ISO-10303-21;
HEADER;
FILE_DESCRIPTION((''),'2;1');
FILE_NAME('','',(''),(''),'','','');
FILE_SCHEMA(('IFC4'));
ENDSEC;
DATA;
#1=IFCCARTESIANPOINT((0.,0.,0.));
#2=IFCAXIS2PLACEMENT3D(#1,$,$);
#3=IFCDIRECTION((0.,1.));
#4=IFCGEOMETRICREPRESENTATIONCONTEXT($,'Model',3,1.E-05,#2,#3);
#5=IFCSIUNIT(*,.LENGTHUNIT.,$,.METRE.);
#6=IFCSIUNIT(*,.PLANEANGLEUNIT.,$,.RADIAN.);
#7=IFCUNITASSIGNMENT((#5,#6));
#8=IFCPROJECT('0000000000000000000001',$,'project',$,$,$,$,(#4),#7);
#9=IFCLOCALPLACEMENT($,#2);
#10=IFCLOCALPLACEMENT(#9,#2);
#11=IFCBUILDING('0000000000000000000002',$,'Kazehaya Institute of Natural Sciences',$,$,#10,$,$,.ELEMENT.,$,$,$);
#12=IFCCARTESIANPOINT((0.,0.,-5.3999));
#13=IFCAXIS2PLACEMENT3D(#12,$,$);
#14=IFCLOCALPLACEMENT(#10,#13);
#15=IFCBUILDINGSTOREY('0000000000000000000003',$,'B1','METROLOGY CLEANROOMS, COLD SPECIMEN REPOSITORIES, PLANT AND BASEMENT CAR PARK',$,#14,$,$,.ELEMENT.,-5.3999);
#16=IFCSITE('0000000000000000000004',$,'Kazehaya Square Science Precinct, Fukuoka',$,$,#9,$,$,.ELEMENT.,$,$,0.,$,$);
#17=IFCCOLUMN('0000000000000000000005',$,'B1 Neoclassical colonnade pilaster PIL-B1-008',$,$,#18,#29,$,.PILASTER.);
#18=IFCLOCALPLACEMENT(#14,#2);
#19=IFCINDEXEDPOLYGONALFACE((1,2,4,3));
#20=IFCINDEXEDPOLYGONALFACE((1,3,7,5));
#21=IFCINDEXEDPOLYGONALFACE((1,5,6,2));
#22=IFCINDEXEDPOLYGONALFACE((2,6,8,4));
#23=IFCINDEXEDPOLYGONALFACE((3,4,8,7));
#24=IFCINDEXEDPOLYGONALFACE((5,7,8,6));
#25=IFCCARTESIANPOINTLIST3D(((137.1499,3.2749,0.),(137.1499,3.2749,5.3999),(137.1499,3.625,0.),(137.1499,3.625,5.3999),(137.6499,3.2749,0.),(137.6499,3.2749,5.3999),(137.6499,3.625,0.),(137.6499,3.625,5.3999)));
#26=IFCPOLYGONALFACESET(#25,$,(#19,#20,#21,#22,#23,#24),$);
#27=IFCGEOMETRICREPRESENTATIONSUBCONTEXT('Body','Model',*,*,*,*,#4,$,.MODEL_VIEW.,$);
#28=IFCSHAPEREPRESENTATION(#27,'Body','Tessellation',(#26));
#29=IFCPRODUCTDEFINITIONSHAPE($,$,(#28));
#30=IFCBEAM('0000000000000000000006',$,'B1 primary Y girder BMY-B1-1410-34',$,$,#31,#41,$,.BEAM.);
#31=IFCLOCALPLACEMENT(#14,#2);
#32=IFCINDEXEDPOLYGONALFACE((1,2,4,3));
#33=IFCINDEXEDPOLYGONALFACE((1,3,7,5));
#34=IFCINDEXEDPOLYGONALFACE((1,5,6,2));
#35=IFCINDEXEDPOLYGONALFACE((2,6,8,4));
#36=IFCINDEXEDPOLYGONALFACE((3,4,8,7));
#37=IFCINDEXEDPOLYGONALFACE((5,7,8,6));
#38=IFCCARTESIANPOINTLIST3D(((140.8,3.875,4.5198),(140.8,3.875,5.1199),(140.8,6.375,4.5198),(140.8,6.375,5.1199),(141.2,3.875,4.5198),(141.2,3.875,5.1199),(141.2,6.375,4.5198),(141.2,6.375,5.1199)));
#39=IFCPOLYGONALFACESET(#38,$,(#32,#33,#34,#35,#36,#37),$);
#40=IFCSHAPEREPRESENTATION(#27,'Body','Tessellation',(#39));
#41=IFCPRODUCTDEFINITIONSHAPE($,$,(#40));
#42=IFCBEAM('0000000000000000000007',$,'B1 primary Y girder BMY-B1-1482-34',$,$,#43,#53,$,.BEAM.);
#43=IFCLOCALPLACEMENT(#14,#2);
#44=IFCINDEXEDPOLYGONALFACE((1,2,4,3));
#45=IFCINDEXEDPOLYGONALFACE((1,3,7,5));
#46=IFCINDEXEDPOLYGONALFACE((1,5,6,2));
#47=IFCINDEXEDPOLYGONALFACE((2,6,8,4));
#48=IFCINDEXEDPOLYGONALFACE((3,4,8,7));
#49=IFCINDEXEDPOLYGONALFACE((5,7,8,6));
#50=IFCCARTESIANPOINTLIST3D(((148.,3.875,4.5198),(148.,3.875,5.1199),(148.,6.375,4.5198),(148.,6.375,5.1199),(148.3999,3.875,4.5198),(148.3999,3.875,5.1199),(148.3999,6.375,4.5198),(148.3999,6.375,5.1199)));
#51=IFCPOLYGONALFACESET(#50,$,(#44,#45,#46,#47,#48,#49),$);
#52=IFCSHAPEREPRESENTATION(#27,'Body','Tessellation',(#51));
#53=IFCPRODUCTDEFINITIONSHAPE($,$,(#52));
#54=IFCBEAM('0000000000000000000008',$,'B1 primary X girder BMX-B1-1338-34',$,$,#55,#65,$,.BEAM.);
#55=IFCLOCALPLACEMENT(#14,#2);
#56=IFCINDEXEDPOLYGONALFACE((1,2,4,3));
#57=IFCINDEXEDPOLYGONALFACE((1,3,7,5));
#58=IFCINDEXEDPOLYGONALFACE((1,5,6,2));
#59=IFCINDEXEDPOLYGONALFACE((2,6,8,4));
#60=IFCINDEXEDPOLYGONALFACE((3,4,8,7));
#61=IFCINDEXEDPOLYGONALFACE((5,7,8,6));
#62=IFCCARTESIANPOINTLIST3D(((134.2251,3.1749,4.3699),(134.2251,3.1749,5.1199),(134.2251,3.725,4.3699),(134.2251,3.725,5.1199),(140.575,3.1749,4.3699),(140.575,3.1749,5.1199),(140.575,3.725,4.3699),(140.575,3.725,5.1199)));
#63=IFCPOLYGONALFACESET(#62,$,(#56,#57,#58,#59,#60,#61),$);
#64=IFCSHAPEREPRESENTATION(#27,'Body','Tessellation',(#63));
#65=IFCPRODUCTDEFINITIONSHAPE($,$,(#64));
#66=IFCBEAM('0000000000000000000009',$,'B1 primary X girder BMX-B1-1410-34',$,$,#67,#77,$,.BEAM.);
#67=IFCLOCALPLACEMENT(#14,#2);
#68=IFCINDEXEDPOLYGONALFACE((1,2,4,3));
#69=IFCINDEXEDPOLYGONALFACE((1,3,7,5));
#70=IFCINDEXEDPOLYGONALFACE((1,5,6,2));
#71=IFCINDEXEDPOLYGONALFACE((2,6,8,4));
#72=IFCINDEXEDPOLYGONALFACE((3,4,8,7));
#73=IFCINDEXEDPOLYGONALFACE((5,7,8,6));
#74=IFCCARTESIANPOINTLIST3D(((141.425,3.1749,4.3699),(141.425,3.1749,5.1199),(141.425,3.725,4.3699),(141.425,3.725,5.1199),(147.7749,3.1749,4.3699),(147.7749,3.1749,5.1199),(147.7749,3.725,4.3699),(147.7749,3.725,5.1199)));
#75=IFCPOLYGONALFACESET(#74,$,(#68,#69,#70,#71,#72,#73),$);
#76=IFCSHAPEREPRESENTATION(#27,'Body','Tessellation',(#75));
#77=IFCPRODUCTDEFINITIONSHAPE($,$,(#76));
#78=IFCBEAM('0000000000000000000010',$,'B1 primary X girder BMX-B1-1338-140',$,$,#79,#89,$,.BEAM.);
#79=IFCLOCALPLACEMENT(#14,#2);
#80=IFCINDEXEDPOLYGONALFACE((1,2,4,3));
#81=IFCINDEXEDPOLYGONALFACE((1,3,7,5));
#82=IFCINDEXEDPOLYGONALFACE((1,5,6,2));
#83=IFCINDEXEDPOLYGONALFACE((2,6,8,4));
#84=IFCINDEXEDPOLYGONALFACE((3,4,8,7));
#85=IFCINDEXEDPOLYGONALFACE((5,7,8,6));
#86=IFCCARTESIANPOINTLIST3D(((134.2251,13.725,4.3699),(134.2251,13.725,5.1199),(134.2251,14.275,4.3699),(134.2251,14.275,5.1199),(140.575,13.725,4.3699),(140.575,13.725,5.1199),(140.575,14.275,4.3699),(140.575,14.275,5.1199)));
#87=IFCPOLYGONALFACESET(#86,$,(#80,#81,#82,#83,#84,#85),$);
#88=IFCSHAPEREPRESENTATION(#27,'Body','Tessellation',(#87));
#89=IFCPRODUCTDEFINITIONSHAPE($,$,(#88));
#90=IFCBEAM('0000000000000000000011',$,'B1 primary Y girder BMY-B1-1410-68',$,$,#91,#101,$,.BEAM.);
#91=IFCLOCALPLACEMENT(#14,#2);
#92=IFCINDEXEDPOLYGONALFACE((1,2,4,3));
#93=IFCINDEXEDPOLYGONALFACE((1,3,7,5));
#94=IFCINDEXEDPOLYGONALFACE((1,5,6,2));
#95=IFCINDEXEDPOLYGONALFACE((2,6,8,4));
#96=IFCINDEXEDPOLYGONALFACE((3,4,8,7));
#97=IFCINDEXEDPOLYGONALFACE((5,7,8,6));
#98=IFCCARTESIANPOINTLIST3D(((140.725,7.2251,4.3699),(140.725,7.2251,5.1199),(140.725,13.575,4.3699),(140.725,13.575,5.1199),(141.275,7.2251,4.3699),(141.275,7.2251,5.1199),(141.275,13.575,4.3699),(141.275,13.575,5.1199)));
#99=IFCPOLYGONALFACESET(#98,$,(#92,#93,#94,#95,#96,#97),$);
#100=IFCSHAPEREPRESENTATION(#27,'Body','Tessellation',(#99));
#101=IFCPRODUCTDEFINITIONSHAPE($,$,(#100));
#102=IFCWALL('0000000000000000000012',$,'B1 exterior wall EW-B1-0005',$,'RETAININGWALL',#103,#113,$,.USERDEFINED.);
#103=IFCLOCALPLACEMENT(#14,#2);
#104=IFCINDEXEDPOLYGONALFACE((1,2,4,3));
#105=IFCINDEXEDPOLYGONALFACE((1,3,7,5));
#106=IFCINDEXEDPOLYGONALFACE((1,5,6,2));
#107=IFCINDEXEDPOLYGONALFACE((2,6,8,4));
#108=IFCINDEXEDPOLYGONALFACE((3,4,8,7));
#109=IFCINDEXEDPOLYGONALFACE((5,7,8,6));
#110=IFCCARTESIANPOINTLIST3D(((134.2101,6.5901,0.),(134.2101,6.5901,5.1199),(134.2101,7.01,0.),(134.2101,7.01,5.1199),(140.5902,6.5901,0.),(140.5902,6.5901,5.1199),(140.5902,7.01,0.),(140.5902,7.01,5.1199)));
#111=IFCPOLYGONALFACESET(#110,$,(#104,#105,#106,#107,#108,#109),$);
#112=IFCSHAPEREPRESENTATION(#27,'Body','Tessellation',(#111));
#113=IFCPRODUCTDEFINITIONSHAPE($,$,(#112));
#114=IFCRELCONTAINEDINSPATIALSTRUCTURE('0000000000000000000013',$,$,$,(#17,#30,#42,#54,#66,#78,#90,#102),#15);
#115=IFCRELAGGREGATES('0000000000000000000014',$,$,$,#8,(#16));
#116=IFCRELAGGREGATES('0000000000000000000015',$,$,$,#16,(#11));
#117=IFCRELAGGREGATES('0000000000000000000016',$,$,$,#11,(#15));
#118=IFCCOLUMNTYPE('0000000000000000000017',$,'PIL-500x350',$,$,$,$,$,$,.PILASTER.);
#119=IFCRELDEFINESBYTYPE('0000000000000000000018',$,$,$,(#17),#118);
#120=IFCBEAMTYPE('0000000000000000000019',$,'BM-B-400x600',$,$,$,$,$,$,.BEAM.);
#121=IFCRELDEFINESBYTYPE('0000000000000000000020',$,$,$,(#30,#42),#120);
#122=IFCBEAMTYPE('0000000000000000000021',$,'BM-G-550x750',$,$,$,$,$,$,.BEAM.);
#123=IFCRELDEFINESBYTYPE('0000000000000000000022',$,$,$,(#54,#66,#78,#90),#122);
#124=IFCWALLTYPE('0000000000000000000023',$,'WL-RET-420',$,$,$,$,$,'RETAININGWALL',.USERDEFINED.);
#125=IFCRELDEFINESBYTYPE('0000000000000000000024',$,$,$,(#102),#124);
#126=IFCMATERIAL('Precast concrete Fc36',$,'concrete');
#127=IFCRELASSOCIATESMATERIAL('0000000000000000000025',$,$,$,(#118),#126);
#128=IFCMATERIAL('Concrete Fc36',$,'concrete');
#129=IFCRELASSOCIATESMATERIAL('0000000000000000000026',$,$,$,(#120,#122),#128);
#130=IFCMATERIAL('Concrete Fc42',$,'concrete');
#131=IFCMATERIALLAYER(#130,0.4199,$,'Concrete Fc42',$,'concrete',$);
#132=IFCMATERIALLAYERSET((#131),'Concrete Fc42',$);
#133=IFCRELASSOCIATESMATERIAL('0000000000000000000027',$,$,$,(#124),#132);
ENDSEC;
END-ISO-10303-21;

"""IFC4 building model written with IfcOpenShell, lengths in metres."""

from ifc_helpers import new_model, si_unit, direction, frame, frame_2d, origin, origin_2d, place, context, subcontext, project, spatial, rectangle, extrude, material, layer, layer_set, material_profile, profile_set, type_object, element, save


model = new_model("IFC4")

# Units and contexts
model_context = context("Model", 3, precision=1e-05, world=origin(), true_north=direction((0.0, 1.0)))
body_context = subcontext(model_context, "Body", "Model", "MODEL_VIEW")
ifc_project = project(units=[si_unit("LENGTHUNIT", "METRE"), si_unit("PLANEANGLEUNIT", "RADIAN")], contexts=[model_context])

# Site, building, storey
site_placement = place(None, origin())
site = spatial("IfcSite", under=ifc_project, at=site_placement, Name="Kazehaya Square Science Precinct, Fukuoka", CompositionType="ELEMENT", RefElevation=0.0)
building_placement = place(site_placement, origin())
building = spatial("IfcBuilding", under=site, at=building_placement, Name="Kazehaya Institute of Natural Sciences", CompositionType="ELEMENT")
storey_placement = place(building_placement, frame((0.0, 0.0, -5.3999)))
storey = spatial("IfcBuildingStorey", under=building, at=storey_placement, Name="B1", Description="METROLOGY CLEANROOMS, COLD SPECIMEN REPOSITORIES, PLANT AND BASEMENT CAR PARK", CompositionType="ELEMENT", Elevation=-5.3999)

# Shared definitions
ifc_material_1 = material(Name="Concrete Fc36", Category="concrete")

# Column
ifc_material_2 = material(Name="Concrete Fc42", Category="concrete")
ifc_material_3 = material(Name="Precast concrete Fc36", Category="concrete")
ifc_material_profile_1 = material_profile(ifc_material_3, rectangle(XDim=0.5, YDim=0.3501, at=origin_2d()), Name="RC-PIL-500x350")
ifc_profile_set_1 = profile_set([ifc_material_profile_1], Name="Precast concrete Fc36")
column_type_1 = type_object("IfcColumnType", Name="PIL-500x350", PredefinedType="PILASTER", material=ifc_profile_set_1)
column_placement = place(storey_placement, frame((137.3999, 3.45, 0.0), z_axis=(0.0, 0.0, 1.0), x_axis=(1.0, 0.0, 0.0)))
element("IfcColumn", 1, at=column_placement, inside=storey, type_object=column_type_1, Name="B1 Neoclassical colonnade pilaster PIL-B1-008", PredefinedType="PILASTER", context=body_context, shape_type="SweptSolid", body=[
    extrude(rectangle(XDim=0.5, YDim=0.3501, at=origin_2d()), origin(), (0.0, 0.0, 1.0), 5.3999),
])

# Beams
ifc_material_profile_2 = material_profile(ifc_material_1, rectangle(XDim=0.3999, YDim=0.6001, at=origin_2d()), Name="RC-400x600")
ifc_profile_set_2 = profile_set([ifc_material_profile_2], Name="Concrete Fc36")
beam_type_1 = type_object("IfcBeamType", Name="BM-B-400x600", PredefinedType="BEAM", material=ifc_profile_set_2)
for number, where, z_axis, x_axis, name in (
    (2, (141.0, 3.875, 4.8198), (0.0, 1.0, 0.0), (-1.0, 0.0, 0.0), "B1 primary Y girder BMY-B1-1410-34"),
    (3, (148.2, 3.875, 4.8198), (0.0, 1.0, 0.0), (-1.0, 0.0, 0.0), "B1 primary Y girder BMY-B1-1482-34"),
):
    element("IfcBeam", number, at=place(storey_placement, frame(where, z_axis=z_axis, x_axis=x_axis)), inside=storey, type_object=beam_type_1, Name=name, PredefinedType="BEAM", context=body_context, shape_type="SweptSolid", body=[
        extrude(rectangle(XDim=0.3999, YDim=0.6001, at=origin_2d()), origin(), (0.0, 0.0, 1.0), 2.5),
    ])
ifc_material_profile_3 = material_profile(ifc_material_1, rectangle(XDim=0.55, YDim=0.75, at=origin_2d()), Name="RC-550x750")
ifc_profile_set_3 = profile_set([ifc_material_profile_3], Name="Concrete Fc36")
beam_type_2 = type_object("IfcBeamType", Name="BM-G-550x750", PredefinedType="BEAM", material=ifc_profile_set_3)
for number, where, z_axis, x_axis, name in (
    (4, (134.2251, 3.45, 4.7449), (1.0, 0.0, 0.0), (0.0, 1.0, 0.0), "B1 primary X girder BMX-B1-1338-34"),
    (5, (141.425, 3.45, 4.7449), (1.0, 0.0, 0.0), (0.0, 1.0, 0.0), "B1 primary X girder BMX-B1-1410-34"),
    (6, (134.2251, 14.0, 4.7449), (1.0, 0.0, 0.0), (0.0, 1.0, 0.0), "B1 primary X girder BMX-B1-1338-140"),
    (7, (141.0, 7.2251, 4.7449), (0.0, 1.0, 0.0), (-1.0, 0.0, 0.0), "B1 primary Y girder BMY-B1-1410-68"),
):
    element("IfcBeam", number, at=place(storey_placement, frame(where, z_axis=z_axis, x_axis=x_axis)), inside=storey, type_object=beam_type_2, Name=name, PredefinedType="BEAM", context=body_context, shape_type="SweptSolid", body=[
        extrude(rectangle(XDim=0.55, YDim=0.75, at=origin_2d()), origin(), (0.0, 0.0, 1.0), 6.3499),
    ])

# Wall
ifc_layer = layer(ifc_material_2, 0.4199, Name="Concrete Fc42", Category="concrete")
ifc_layer_set = layer_set([ifc_layer], Name="Concrete Fc42")
wall_type = type_object("IfcWallType", Name="WL-RET-420", ElementType="RETAININGWALL", PredefinedType="USERDEFINED", material=ifc_layer_set)
for number, where, z_axis, x_axis, name in (
    (8, (140.5901, 6.8, 0.0), (0.0, 0.0, 1.0), (-1.0, 0.0, 0.0), "B1 exterior wall EW-B1-0005"),
):
    element("IfcWall", number, at=place(storey_placement, frame(where, z_axis=z_axis, x_axis=x_axis)), inside=storey, type_object=wall_type, Name=name, ObjectType="RETAININGWALL", PredefinedType="USERDEFINED", context=body_context, shape_type="SweptSolid", body=[
        extrude(rectangle(XDim=6.3801, YDim=0.4199, at=frame_2d((3.1899, 0.0))), origin(), (0.0, 0.0, 1.0), 5.1199),
    ])

save(model, "model.ifc")
